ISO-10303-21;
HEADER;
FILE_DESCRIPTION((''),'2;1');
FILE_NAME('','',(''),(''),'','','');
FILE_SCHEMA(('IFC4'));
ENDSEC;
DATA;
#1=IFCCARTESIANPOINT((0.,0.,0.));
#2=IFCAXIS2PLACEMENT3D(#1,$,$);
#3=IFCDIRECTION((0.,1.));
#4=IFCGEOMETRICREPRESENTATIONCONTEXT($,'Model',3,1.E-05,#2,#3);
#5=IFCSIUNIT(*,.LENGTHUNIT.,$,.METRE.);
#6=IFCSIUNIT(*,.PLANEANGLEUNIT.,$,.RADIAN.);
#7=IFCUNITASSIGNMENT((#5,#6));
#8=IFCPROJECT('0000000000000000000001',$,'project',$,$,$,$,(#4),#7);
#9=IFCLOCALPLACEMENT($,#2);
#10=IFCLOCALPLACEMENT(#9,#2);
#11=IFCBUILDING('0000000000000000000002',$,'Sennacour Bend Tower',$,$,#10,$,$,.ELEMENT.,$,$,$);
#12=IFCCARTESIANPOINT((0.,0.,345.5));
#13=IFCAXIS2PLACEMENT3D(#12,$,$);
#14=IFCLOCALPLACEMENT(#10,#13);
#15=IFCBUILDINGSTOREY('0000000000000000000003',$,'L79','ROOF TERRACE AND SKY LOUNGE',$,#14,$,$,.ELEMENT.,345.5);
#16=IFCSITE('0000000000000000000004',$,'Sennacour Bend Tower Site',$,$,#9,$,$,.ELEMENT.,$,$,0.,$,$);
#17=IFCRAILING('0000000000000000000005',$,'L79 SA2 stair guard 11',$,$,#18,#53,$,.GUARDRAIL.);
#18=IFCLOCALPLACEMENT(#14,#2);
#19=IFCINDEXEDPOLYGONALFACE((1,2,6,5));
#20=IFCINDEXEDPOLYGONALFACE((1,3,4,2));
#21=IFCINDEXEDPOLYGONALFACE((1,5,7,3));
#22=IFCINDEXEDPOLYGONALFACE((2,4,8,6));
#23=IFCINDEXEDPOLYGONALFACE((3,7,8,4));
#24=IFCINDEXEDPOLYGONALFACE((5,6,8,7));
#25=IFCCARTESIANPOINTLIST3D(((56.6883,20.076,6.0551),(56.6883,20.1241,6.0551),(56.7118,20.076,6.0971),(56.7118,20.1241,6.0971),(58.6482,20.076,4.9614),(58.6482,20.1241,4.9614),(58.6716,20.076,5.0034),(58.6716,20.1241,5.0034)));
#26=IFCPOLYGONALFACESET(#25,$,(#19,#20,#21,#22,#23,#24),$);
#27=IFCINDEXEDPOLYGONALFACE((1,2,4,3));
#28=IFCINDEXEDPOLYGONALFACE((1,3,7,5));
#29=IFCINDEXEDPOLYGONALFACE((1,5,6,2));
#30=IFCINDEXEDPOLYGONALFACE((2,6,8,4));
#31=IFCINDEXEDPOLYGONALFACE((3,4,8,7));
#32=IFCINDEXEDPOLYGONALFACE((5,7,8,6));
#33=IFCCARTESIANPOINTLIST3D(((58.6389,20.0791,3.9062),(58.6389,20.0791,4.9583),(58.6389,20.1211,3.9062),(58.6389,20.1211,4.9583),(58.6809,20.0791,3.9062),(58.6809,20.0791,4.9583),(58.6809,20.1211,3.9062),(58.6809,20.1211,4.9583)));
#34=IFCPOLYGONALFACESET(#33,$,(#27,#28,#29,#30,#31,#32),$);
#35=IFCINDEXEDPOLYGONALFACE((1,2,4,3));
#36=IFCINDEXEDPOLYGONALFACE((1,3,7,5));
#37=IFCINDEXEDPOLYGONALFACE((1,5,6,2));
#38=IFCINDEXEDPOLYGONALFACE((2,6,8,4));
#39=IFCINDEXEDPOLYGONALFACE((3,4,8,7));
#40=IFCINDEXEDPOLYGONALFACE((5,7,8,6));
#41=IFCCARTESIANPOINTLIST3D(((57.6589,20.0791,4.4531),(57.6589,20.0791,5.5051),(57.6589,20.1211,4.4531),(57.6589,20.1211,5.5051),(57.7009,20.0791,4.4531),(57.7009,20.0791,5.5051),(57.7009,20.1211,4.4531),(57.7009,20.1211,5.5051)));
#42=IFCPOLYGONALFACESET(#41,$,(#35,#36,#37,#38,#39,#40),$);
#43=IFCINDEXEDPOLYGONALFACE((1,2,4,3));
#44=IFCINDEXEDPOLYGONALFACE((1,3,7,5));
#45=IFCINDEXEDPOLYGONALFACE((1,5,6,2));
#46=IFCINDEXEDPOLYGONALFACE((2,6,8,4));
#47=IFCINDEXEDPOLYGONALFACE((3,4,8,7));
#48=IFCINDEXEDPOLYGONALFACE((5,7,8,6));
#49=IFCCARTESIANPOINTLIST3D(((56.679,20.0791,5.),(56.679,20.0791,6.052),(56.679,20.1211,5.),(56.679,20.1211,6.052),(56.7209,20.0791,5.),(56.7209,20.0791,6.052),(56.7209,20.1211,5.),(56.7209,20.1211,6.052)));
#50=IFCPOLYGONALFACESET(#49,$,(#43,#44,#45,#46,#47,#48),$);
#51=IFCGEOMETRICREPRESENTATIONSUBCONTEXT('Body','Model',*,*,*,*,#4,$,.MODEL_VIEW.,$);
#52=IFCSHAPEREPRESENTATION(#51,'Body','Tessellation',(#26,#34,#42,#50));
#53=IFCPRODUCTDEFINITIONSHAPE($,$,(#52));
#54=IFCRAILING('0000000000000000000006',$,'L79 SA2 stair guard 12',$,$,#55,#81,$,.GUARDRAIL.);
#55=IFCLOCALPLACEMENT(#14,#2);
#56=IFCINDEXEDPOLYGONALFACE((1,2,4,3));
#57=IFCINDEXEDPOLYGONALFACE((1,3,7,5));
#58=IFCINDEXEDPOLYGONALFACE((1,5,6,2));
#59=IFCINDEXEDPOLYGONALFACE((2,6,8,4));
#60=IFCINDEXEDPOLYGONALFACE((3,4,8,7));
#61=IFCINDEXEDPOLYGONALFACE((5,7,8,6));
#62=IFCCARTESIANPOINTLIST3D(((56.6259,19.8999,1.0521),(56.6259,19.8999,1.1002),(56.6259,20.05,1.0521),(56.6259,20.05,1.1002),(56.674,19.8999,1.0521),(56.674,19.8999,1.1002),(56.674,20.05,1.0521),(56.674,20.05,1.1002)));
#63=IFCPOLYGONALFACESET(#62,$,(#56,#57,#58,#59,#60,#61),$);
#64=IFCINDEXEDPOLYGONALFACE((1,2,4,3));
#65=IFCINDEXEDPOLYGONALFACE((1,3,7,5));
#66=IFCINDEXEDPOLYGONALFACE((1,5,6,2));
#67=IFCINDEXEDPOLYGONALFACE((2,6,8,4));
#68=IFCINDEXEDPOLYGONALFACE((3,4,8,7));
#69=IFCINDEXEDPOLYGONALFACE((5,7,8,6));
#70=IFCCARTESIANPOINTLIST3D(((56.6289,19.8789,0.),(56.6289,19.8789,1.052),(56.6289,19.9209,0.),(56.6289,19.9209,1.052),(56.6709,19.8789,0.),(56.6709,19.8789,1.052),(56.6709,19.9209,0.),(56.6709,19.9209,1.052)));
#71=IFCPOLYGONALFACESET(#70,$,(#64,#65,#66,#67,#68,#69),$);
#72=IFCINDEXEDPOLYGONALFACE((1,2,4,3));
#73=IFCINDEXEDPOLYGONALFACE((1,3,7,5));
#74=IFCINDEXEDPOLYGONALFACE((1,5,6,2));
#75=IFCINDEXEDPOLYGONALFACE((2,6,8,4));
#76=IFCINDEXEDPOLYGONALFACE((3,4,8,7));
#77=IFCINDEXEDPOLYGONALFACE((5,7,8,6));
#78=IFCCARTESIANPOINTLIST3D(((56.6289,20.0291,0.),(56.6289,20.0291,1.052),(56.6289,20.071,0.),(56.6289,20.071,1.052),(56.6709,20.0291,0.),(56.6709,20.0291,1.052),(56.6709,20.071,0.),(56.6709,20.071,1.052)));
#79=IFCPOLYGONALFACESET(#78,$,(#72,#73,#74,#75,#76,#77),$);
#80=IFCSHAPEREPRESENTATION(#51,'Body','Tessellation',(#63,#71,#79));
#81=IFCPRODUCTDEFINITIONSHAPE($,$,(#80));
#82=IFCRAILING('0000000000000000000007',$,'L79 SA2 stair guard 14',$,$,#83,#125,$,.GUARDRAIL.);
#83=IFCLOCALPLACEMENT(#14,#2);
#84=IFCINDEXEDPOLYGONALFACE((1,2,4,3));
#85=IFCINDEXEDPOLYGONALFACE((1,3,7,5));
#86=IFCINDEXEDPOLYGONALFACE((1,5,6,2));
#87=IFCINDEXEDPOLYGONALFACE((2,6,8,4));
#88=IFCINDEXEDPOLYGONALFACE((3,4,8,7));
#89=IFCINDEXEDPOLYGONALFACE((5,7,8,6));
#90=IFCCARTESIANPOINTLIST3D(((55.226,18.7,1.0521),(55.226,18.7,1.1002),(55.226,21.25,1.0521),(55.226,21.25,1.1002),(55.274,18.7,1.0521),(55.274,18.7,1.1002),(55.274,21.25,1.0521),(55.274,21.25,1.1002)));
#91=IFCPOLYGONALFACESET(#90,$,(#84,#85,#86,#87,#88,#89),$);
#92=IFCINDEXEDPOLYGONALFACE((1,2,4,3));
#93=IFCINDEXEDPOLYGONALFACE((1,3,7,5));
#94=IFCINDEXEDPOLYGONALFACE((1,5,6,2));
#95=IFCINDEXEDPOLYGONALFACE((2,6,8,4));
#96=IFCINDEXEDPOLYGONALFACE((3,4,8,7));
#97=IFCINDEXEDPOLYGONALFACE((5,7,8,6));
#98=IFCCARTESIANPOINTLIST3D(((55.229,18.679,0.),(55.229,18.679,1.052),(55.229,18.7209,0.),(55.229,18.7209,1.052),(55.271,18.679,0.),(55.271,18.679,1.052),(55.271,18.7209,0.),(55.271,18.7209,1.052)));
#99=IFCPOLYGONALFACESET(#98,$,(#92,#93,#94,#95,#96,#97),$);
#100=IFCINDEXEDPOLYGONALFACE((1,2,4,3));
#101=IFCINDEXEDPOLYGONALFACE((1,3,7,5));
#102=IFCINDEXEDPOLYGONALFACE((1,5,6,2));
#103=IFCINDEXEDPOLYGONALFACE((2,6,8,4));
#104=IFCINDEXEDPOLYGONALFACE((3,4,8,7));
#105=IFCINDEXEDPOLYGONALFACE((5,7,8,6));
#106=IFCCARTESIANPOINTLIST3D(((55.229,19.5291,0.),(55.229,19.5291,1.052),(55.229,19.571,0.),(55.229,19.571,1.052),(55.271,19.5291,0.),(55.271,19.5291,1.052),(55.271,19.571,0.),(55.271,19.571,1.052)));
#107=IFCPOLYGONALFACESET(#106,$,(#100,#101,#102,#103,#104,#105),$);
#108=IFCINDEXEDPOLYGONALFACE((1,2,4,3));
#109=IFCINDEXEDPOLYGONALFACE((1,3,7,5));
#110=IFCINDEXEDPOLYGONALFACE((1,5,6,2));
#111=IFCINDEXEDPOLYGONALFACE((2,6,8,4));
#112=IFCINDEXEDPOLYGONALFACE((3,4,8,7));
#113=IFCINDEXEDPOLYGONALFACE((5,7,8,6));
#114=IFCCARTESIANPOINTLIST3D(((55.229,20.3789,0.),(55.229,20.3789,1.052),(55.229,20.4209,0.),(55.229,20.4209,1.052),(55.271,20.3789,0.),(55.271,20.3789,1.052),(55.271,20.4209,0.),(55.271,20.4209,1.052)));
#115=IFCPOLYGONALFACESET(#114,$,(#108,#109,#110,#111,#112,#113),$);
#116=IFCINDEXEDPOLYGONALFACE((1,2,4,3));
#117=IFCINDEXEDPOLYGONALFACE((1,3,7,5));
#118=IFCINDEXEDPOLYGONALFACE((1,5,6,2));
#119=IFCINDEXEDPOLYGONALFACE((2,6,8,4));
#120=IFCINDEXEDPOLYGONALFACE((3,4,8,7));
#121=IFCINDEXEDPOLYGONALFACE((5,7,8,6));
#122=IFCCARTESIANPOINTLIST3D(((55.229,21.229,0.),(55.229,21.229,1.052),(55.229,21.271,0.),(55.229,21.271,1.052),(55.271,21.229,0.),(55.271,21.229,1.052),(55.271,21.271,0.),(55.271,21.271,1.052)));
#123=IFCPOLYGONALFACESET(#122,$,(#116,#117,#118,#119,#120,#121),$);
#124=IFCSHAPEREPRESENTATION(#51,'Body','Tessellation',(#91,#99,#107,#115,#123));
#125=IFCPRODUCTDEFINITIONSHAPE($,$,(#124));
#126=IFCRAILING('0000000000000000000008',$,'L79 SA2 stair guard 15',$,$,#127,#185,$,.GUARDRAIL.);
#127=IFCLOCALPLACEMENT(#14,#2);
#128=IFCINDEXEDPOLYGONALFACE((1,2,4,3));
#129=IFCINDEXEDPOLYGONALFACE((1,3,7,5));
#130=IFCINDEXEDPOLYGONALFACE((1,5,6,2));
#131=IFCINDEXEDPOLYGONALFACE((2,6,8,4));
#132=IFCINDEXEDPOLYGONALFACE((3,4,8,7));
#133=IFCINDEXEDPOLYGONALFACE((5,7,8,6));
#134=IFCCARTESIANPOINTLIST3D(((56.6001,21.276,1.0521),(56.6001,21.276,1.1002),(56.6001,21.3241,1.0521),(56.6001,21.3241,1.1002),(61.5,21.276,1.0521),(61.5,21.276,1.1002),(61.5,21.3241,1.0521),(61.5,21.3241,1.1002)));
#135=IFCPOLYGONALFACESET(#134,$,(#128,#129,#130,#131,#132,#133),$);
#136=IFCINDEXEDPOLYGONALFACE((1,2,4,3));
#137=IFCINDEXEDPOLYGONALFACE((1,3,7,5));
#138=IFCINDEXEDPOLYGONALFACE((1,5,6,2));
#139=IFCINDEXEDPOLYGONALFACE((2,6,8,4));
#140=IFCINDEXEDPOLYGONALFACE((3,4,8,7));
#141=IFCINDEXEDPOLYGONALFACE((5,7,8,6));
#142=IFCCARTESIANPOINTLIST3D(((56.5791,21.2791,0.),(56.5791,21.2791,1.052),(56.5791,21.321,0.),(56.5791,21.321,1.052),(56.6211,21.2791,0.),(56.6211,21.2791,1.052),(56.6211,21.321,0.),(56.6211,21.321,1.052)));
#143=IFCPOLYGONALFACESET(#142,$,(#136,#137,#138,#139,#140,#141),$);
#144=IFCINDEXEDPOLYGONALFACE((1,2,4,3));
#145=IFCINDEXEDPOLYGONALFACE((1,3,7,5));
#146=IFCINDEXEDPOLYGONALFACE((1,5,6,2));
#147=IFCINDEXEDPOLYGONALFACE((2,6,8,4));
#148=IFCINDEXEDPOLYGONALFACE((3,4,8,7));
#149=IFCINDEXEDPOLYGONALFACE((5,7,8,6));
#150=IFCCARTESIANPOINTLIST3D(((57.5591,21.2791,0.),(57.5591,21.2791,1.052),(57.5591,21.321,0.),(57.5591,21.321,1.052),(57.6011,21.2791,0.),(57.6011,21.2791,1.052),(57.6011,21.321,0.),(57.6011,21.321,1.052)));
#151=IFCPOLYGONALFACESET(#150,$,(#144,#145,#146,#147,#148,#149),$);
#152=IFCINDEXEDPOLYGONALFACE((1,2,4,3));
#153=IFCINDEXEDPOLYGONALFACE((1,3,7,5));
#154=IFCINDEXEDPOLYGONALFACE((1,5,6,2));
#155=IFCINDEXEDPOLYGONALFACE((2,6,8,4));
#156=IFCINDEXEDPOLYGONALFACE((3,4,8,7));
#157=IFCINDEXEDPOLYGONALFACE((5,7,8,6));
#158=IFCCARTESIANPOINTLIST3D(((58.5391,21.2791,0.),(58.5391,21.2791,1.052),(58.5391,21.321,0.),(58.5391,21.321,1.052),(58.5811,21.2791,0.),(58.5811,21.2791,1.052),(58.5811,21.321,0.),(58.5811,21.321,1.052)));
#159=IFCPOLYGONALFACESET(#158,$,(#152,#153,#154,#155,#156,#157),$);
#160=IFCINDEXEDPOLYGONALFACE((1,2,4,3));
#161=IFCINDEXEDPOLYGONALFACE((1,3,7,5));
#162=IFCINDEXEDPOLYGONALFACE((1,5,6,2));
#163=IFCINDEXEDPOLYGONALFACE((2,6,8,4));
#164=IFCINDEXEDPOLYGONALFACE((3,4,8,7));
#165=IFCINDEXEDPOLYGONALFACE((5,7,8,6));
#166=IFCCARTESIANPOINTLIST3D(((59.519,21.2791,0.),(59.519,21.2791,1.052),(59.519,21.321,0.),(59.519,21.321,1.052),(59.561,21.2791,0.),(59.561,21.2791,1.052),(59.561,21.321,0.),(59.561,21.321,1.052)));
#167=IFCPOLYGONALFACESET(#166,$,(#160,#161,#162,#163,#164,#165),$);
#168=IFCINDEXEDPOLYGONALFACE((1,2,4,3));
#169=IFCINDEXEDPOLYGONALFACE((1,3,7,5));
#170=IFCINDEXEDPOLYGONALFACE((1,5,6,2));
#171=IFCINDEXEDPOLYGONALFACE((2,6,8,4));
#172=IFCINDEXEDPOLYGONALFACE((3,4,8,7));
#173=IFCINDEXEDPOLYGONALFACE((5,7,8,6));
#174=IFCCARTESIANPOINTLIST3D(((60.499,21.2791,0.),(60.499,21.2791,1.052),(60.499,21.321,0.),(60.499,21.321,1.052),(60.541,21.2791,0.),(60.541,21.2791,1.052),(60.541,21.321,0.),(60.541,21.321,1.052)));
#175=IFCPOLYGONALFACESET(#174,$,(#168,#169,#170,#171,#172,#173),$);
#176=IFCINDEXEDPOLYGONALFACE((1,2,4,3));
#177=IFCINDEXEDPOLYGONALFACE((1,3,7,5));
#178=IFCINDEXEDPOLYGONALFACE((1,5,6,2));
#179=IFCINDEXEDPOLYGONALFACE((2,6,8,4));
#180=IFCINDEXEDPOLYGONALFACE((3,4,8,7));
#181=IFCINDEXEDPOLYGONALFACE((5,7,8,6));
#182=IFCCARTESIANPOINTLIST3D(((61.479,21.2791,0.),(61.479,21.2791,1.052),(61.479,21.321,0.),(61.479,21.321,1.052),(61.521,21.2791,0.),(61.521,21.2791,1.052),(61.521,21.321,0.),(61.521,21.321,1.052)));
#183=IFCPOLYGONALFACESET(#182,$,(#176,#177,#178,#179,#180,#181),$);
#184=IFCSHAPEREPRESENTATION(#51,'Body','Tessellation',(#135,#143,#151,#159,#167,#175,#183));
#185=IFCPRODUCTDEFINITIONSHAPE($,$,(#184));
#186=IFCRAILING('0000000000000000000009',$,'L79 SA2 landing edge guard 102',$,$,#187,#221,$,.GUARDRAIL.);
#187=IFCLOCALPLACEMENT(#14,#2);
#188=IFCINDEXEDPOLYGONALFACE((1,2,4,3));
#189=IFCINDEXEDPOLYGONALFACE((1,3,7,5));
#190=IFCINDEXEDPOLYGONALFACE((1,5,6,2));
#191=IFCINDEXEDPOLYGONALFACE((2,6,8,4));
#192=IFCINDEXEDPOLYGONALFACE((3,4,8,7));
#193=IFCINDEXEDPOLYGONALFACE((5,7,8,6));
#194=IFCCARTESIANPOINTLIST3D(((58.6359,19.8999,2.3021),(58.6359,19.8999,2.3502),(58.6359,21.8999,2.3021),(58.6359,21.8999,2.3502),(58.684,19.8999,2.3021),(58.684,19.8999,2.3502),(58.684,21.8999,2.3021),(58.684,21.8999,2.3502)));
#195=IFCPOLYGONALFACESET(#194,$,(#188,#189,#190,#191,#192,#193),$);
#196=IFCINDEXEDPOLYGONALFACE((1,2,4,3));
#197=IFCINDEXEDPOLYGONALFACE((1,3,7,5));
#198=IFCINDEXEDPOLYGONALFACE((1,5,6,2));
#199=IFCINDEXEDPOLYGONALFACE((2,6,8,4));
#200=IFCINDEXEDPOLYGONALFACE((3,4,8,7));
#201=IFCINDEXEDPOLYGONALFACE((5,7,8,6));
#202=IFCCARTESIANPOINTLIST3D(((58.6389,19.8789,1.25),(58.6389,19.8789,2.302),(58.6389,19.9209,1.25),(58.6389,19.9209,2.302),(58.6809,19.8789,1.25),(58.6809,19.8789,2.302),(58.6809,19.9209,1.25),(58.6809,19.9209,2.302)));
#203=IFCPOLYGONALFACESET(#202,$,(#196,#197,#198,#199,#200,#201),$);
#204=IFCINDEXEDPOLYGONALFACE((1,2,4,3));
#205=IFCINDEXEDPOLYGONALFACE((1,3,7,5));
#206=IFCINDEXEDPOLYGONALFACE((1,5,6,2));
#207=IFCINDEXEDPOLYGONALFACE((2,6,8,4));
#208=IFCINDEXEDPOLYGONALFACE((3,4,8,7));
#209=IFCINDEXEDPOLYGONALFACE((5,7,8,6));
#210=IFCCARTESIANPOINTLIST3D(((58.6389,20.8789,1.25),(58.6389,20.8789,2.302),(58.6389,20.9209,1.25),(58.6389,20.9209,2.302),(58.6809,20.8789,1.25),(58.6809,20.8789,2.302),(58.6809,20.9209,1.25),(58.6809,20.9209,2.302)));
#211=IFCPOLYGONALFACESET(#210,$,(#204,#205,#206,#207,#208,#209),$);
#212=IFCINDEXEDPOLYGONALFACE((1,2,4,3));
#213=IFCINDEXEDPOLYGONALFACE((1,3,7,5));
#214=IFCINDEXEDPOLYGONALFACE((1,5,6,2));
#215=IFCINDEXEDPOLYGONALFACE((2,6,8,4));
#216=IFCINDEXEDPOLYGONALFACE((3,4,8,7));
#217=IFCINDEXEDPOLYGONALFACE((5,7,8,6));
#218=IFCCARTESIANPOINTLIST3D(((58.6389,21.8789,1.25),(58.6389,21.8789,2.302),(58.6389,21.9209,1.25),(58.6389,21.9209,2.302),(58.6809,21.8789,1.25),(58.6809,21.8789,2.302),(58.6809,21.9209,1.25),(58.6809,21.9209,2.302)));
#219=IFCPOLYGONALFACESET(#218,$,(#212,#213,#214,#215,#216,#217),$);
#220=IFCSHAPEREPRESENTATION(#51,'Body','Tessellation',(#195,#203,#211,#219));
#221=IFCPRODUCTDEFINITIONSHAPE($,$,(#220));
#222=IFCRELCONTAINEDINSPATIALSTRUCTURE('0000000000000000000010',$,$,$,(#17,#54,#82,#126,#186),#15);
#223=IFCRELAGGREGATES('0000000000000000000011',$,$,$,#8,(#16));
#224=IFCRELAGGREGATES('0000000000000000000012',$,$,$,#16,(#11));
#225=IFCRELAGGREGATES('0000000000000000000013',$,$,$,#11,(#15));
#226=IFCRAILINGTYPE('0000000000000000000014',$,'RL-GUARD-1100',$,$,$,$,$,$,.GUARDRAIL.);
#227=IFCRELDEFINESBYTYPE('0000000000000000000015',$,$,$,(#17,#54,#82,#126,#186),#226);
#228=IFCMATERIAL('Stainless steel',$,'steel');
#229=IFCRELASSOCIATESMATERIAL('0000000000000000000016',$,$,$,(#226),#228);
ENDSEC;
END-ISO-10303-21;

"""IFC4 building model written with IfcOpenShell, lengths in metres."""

from ifc_helpers import new_model, si_unit, direction, frame, origin, origin_2d, place, context, subcontext, project, spatial, rectangle, extrude, material, type_object, element, save


model = new_model("IFC4")

# Units and contexts
model_context = context("Model", 3, precision=1e-05, world=origin(), true_north=direction((0.0, 1.0)))
body_context = subcontext(model_context, "Body", "Model", "MODEL_VIEW")
ifc_project = project(units=[si_unit("LENGTHUNIT", "METRE"), si_unit("PLANEANGLEUNIT", "RADIAN")], contexts=[model_context])

# Site, building, storey
site_placement = place(None, origin())
site = spatial("IfcSite", under=ifc_project, at=site_placement, Name="Sennacour Bend Tower Site", CompositionType="ELEMENT", RefElevation=0.0)
building_placement = place(site_placement, origin())
building = spatial("IfcBuilding", under=site, at=building_placement, Name="Sennacour Bend Tower", CompositionType="ELEMENT")
storey_placement = place(building_placement, frame((0.0, 0.0, 345.5)))
storey = spatial("IfcBuildingStorey", under=building, at=storey_placement, Name="L79", Description="ROOF TERRACE AND SKY LOUNGE", CompositionType="ELEMENT", Elevation=345.5)

# Shared definitions
ifc_material_1 = material(Name="Stainless steel", Category="steel")

# Railings
railing_type_1 = type_object("IfcRailingType", Name="RL-GUARD-1100", PredefinedType="GUARDRAIL", material=ifc_material_1)
railing_1_placement = place(storey_placement, frame((58.6599, 20.1001, 3.9062)))
element("IfcRailing", 1, at=railing_1_placement, inside=storey, type_object=railing_type_1, Name="L79 SA2 stair guard 11", PredefinedType="GUARDRAIL", context=body_context, shape_type="SweptSolid", body=[
    extrude(rectangle(XDim=0.0481, YDim=0.0481, at=origin_2d()), frame((0.0, 0.0, 1.0762), z_axis=(-0.873232, 0.0, 0.487304), x_axis=(0.0, -1.0, 0.0)), (0.0, 0.0, 1.0), 2.2444),
    extrude(rectangle(XDim=0.042, YDim=0.042, at=origin_2d()), origin(), (0.0, 0.0, 1.0), 1.052),
    extrude(rectangle(XDim=0.042, YDim=0.042, at=origin_2d()), frame((-0.98, 0.0, 0.5469)), (0.0, 0.0, 1.0), 1.052),
    extrude(rectangle(XDim=0.042, YDim=0.042, at=origin_2d()), frame((-1.96, 0.0, 1.0938)), (0.0, 0.0, 1.0), 1.052),
])
railing_2_placement = place(storey_placement, frame((56.6499, 19.8999, 0.0)))
element("IfcRailing", 2, at=railing_2_placement, inside=storey, type_object=railing_type_1, Name="L79 SA2 stair guard 12", PredefinedType="GUARDRAIL", context=body_context, shape_type="SweptSolid", body=[
    extrude(rectangle(XDim=0.0481, YDim=0.0481, at=origin_2d()), frame((0.0, 0.0, 1.0762), z_axis=(0.0, 1.0, 0.0), x_axis=(-1.0, 0.0, 0.0)), (0.0, 0.0, 1.0), 0.1501),
    extrude(rectangle(XDim=0.042, YDim=0.042, at=origin_2d()), origin(), (0.0, 0.0, 1.0), 1.052),
    extrude(rectangle(XDim=0.042, YDim=0.042, at=origin_2d()), frame((0.0, 0.1501, 0.0)), (0.0, 0.0, 1.0), 1.052),
])
railing_3_placement = place(storey_placement, frame((55.25, 18.7, 0.0)))
element("IfcRailing", 3, at=railing_3_placement, inside=storey, type_object=railing_type_1, Name="L79 SA2 stair guard 14", PredefinedType="GUARDRAIL", context=body_context, shape_type="SweptSolid", body=[
    extrude(rectangle(XDim=0.0481, YDim=0.0481, at=origin_2d()), frame((0.0, 0.0, 1.0762), z_axis=(0.0, 1.0, 0.0), x_axis=(-1.0, 0.0, 0.0)), (0.0, 0.0, 1.0), 2.55),
    extrude(rectangle(XDim=0.042, YDim=0.042, at=origin_2d()), origin(), (0.0, 0.0, 1.0), 1.052),
    extrude(rectangle(XDim=0.042, YDim=0.042, at=origin_2d()), frame((0.0, 0.8501, 0.0)), (0.0, 0.0, 1.0), 1.052),
    extrude(rectangle(XDim=0.042, YDim=0.042, at=origin_2d()), frame((0.0, 1.7, 0.0)), (0.0, 0.0, 1.0), 1.052),
    extrude(rectangle(XDim=0.042, YDim=0.042, at=origin_2d()), frame((0.0, 2.55, 0.0)), (0.0, 0.0, 1.0), 1.052),
])
railing_4_placement = place(storey_placement, frame((56.6001, 21.3, 0.0)))
element("IfcRailing", 4, at=railing_4_placement, inside=storey, type_object=railing_type_1, Name="L79 SA2 stair guard 15", PredefinedType="GUARDRAIL", context=body_context, shape_type="SweptSolid", body=[
    extrude(rectangle(XDim=0.0481, YDim=0.0481, at=origin_2d()), frame((0.0, 0.0, 1.0762), z_axis=(1.0, 0.0, 0.0), x_axis=(0.0, 1.0, 0.0)), (0.0, 0.0, 1.0), 4.8999),
    extrude(rectangle(XDim=0.042, YDim=0.042, at=origin_2d()), origin(), (0.0, 0.0, 1.0), 1.052),
    extrude(rectangle(XDim=0.042, YDim=0.042, at=origin_2d()), frame((0.98, 0.0, 0.0)), (0.0, 0.0, 1.0), 1.052),
    extrude(rectangle(XDim=0.042, YDim=0.042, at=origin_2d()), frame((1.96, 0.0, 0.0)), (0.0, 0.0, 1.0), 1.052),
    extrude(rectangle(XDim=0.042, YDim=0.042, at=origin_2d()), frame((2.9399, 0.0, 0.0)), (0.0, 0.0, 1.0), 1.052),
    extrude(rectangle(XDim=0.042, YDim=0.042, at=origin_2d()), frame((3.9199, 0.0, 0.0)), (0.0, 0.0, 1.0), 1.052),
    extrude(rectangle(XDim=0.042, YDim=0.042, at=origin_2d()), frame((4.8999, 0.0, 0.0)), (0.0, 0.0, 1.0), 1.052),
])
railing_5_placement = place(storey_placement, frame((58.6599, 19.8999, 1.25)))
element("IfcRailing", 5, at=railing_5_placement, inside=storey, type_object=railing_type_1, Name="L79 SA2 landing edge guard 102", PredefinedType="GUARDRAIL", context=body_context, shape_type="SweptSolid", body=[
    extrude(rectangle(XDim=0.0481, YDim=0.0481, at=origin_2d()), frame((0.0, 0.0, 1.0762), z_axis=(0.0, 1.0, 0.0), x_axis=(-1.0, 0.0, 0.0)), (0.0, 0.0, 1.0), 2.0),
    extrude(rectangle(XDim=0.042, YDim=0.042, at=origin_2d()), origin(), (0.0, 0.0, 1.0), 1.052),
    extrude(rectangle(XDim=0.042, YDim=0.042, at=origin_2d()), frame((0.0, 1.0, 0.0)), (0.0, 0.0, 1.0), 1.052),
    extrude(rectangle(XDim=0.042, YDim=0.042, at=origin_2d()), frame((0.0, 2.0, 0.0)), (0.0, 0.0, 1.0), 1.052),
])

save(model, "model.ifc")
